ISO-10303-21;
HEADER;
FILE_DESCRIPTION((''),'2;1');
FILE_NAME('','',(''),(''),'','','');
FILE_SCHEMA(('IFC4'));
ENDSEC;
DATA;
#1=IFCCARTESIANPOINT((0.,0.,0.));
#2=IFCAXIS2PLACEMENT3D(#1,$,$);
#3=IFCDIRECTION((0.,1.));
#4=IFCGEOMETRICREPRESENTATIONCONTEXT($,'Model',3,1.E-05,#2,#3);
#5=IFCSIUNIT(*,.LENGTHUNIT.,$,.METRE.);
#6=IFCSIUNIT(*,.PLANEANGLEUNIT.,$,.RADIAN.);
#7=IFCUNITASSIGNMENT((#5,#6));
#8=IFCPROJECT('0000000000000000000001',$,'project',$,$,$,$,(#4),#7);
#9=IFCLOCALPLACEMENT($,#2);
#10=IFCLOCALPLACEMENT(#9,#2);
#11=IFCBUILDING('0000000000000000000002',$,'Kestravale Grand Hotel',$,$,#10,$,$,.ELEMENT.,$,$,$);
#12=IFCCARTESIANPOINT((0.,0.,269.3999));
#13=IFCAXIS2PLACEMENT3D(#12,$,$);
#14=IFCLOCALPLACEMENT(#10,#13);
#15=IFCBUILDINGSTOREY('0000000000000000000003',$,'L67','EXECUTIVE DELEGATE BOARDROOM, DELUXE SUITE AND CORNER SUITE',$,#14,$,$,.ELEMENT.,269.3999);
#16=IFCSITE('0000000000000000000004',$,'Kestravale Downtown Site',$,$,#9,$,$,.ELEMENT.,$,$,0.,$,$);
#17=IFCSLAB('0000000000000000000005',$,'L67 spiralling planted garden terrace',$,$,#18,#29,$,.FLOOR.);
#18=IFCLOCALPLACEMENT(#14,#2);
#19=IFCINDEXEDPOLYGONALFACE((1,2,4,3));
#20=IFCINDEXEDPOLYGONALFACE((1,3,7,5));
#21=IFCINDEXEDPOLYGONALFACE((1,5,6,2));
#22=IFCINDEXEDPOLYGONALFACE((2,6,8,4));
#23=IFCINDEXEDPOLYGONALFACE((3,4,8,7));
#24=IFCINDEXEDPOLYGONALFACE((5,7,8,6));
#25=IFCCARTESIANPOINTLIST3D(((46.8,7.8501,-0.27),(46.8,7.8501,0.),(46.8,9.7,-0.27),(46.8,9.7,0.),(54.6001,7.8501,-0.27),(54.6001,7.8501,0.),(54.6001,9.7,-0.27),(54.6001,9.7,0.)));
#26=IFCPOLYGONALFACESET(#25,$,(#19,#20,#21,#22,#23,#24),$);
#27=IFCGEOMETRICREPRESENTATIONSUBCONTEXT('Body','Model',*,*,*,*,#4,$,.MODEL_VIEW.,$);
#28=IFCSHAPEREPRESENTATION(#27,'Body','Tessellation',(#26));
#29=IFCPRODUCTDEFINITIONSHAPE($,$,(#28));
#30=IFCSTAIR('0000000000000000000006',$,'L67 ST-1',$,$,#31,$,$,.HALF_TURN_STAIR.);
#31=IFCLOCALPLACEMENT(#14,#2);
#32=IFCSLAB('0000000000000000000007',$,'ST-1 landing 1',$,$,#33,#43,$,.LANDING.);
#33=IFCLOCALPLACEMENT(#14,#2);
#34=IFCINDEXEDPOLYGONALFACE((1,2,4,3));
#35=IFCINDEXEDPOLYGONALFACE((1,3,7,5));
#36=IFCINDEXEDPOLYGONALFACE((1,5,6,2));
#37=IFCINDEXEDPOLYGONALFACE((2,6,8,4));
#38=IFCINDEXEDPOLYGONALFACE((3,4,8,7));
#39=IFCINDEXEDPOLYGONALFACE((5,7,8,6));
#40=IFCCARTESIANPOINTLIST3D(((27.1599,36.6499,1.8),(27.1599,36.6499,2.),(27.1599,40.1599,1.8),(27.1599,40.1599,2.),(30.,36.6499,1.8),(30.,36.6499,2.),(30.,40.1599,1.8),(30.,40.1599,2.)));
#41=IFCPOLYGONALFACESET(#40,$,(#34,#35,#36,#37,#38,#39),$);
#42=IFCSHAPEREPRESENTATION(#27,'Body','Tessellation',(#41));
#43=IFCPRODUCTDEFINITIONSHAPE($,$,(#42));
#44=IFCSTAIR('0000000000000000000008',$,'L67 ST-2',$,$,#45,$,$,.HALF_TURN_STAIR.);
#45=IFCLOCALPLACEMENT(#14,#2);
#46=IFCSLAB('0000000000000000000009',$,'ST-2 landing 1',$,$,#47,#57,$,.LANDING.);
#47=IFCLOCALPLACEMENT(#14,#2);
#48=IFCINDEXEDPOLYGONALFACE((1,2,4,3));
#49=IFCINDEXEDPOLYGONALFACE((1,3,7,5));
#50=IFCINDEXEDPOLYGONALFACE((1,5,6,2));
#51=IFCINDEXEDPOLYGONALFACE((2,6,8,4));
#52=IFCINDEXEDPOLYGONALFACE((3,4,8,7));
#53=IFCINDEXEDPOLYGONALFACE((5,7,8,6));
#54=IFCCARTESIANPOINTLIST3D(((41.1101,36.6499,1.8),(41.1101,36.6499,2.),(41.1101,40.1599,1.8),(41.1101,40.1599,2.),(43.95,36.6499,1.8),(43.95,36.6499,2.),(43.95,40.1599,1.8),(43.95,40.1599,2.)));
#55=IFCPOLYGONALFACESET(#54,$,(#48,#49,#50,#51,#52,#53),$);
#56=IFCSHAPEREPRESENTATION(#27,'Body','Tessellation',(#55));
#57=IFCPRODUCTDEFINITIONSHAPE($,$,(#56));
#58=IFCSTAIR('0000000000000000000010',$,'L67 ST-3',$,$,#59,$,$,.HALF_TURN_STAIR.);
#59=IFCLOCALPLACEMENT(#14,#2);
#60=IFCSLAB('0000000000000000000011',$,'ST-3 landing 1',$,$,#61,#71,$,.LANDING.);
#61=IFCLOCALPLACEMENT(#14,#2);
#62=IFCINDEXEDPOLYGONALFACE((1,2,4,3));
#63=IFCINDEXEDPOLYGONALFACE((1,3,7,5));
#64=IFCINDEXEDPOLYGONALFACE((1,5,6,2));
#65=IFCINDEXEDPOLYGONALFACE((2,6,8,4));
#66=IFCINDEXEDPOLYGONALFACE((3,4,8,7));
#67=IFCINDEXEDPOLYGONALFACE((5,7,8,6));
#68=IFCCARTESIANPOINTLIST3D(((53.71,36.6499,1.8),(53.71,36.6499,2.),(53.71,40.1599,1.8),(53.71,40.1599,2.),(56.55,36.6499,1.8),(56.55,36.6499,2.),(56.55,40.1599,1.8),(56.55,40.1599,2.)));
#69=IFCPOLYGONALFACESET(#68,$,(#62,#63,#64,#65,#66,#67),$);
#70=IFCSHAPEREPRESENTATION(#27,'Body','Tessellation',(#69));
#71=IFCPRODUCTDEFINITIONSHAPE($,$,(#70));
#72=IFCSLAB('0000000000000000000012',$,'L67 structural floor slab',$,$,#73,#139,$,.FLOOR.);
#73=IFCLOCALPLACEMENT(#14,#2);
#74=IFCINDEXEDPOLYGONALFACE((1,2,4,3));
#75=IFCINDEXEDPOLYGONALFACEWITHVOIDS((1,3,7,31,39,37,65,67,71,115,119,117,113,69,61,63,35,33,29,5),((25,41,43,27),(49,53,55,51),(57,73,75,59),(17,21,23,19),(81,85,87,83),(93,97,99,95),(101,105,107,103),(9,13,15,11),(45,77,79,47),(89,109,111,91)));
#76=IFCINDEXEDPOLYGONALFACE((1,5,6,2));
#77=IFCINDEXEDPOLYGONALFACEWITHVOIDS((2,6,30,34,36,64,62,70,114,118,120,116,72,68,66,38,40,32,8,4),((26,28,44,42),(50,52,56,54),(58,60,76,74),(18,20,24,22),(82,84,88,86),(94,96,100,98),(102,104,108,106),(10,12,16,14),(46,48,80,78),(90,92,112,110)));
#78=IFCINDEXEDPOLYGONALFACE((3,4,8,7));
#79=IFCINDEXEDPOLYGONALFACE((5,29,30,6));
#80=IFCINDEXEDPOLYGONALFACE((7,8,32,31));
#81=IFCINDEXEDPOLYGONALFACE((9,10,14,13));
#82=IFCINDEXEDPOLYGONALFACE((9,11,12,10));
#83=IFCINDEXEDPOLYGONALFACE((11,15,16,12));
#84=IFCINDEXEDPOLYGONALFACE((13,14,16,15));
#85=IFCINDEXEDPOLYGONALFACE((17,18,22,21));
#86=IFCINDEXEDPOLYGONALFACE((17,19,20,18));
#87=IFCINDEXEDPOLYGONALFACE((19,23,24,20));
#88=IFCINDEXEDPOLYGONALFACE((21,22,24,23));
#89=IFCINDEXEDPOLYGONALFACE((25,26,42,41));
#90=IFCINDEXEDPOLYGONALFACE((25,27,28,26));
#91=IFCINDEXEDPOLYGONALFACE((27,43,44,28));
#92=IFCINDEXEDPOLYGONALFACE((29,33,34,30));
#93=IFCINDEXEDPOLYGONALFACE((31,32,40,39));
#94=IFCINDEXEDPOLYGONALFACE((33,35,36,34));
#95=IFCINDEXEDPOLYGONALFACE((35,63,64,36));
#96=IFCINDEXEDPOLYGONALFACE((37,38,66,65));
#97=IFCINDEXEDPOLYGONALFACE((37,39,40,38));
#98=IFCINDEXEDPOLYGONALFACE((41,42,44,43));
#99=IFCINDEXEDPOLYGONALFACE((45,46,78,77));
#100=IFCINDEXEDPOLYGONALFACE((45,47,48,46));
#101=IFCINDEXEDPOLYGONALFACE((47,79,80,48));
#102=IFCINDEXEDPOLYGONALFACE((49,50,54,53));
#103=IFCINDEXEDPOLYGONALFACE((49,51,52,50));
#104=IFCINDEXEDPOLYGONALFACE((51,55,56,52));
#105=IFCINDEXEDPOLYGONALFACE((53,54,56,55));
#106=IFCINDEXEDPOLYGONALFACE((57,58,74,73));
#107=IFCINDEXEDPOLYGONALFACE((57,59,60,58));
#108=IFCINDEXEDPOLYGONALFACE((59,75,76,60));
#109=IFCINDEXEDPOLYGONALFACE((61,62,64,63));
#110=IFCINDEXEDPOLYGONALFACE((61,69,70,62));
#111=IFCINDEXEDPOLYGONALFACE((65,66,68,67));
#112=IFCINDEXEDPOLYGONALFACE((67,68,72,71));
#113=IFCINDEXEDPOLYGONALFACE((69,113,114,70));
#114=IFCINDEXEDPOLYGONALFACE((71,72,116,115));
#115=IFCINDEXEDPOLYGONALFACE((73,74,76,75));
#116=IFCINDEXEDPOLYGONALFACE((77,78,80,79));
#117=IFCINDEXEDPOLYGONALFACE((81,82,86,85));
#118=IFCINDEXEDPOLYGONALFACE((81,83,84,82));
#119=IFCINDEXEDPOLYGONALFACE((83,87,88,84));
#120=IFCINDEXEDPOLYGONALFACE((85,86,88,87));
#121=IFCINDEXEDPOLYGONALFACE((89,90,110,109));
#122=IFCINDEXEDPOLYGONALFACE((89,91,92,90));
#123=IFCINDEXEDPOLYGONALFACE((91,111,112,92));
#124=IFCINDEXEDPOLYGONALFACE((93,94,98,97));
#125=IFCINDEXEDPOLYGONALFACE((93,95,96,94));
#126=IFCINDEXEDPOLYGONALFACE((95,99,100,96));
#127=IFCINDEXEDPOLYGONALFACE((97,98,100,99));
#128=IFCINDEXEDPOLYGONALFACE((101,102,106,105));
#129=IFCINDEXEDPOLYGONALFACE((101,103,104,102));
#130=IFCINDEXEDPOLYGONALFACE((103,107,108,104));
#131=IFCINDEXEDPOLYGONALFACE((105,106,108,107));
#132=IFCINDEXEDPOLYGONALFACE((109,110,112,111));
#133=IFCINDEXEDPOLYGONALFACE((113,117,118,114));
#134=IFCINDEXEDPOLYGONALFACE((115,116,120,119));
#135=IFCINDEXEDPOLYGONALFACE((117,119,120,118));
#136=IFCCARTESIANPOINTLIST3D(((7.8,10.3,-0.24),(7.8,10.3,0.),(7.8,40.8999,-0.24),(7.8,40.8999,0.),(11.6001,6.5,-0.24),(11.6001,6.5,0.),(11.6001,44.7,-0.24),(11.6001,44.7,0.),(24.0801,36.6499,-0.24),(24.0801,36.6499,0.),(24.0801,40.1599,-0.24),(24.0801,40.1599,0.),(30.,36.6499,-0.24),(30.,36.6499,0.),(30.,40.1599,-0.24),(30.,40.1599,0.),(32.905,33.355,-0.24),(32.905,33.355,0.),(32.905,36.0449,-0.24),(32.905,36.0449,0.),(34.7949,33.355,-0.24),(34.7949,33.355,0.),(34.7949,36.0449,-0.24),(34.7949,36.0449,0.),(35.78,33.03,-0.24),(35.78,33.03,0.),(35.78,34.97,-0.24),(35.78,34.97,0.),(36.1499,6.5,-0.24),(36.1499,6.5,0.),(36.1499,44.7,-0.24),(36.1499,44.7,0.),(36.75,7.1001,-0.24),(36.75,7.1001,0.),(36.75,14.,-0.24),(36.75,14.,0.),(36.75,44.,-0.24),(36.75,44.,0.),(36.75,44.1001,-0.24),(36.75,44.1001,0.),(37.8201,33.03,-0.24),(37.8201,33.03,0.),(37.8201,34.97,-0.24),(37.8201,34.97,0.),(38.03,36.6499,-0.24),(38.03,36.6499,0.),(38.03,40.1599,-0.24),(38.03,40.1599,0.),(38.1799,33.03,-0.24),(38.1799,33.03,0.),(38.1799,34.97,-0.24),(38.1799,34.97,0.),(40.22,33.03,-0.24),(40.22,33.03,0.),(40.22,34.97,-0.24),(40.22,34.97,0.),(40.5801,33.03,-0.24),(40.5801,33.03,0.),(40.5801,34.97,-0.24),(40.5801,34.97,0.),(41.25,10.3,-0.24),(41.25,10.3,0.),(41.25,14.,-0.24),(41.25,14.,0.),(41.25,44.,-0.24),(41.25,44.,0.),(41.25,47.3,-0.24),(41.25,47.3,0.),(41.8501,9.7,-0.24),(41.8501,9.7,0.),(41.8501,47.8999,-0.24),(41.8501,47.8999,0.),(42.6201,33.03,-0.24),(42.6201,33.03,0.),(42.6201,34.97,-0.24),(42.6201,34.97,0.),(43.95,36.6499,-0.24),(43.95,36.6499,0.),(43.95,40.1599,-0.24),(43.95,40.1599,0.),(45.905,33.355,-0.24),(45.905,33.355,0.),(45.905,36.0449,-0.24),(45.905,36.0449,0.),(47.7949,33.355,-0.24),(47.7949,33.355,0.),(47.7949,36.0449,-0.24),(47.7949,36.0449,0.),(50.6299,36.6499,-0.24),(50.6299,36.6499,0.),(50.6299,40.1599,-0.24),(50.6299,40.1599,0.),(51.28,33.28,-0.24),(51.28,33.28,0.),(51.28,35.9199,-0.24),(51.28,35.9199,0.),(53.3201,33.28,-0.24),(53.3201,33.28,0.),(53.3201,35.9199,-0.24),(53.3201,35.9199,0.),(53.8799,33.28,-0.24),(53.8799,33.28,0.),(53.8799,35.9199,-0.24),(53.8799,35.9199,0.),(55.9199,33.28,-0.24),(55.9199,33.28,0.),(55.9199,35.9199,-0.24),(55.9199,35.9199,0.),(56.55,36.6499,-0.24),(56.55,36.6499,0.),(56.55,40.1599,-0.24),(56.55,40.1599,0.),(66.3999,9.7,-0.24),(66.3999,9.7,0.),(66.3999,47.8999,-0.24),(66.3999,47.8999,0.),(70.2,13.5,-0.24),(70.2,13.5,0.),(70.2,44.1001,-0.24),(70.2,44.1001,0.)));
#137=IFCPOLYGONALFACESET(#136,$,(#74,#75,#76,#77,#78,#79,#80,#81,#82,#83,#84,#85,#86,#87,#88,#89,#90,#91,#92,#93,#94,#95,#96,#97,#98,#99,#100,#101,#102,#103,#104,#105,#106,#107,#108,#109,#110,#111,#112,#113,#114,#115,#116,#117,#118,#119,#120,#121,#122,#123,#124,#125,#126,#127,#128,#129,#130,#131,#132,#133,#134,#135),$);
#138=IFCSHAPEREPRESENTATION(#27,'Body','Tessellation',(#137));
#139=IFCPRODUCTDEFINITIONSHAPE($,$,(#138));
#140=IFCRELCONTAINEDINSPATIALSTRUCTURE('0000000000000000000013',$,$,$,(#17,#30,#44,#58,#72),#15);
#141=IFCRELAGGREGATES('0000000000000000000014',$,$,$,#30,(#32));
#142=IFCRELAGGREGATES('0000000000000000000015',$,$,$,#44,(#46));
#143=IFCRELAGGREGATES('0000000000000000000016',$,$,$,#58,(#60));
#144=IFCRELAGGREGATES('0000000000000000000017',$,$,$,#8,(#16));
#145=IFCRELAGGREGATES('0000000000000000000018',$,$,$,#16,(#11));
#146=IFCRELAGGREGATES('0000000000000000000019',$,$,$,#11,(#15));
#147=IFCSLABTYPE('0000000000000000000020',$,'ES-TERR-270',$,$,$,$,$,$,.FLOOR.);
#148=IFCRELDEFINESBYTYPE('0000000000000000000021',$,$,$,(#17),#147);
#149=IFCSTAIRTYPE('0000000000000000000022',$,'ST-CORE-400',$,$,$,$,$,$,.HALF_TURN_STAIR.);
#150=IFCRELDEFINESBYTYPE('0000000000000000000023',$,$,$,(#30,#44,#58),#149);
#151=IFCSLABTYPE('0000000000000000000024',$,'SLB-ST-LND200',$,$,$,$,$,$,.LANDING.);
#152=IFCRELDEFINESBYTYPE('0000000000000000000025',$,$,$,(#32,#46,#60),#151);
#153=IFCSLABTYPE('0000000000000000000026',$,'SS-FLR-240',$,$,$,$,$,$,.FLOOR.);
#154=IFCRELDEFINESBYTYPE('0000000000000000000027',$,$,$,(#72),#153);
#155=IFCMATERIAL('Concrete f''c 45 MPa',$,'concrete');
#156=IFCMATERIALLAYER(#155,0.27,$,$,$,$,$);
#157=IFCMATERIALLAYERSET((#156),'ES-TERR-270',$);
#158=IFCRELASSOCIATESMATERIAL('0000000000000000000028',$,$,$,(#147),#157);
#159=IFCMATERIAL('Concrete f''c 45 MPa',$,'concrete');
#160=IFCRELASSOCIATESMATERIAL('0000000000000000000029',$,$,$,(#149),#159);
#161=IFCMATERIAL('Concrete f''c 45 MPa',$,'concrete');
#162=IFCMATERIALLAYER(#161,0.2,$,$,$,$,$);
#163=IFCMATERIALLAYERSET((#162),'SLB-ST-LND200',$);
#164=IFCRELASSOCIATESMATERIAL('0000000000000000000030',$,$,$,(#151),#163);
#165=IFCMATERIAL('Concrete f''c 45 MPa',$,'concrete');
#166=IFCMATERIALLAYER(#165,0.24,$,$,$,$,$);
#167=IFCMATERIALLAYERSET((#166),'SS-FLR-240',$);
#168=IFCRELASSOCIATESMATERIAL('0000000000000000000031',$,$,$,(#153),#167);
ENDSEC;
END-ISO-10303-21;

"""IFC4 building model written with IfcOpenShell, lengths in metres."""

from ifc_helpers import new_model, si_unit, direction, frame, origin, place, context, subcontext, project, spatial, polyline, outline, extrude, material, layer, layer_set, type_object, element, aggregate, save


model = new_model("IFC4")

# Units and contexts
model_context = context("Model", 3, precision=1e-05, world=origin(), true_north=direction((0.0, 1.0)))
body_context = subcontext(model_context, "Body", "Model", "MODEL_VIEW")
ifc_project = project(units=[si_unit("LENGTHUNIT", "METRE"), si_unit("PLANEANGLEUNIT", "RADIAN")], contexts=[model_context])

# Site, building, storey
site_placement = place(None, origin())
site = spatial("IfcSite", under=ifc_project, at=site_placement, Name="Kestravale Downtown Site", CompositionType="ELEMENT", RefElevation=0.0)
building_placement = place(site_placement, origin())
building = spatial("IfcBuilding", under=site, at=building_placement, Name="Kestravale Grand Hotel", CompositionType="ELEMENT")
storey_placement = place(building_placement, frame((0.0, 0.0, 269.3999)))
storey = spatial("IfcBuildingStorey", under=building, at=storey_placement, Name="L67", Description="EXECUTIVE DELEGATE BOARDROOM, DELUXE SUITE AND CORNER SUITE", CompositionType="ELEMENT", Elevation=269.3999)

# Slab
ifc_material_1 = material(Name="Concrete f'c 45 MPa", Category="concrete")
ifc_layer_1 = layer(ifc_material_1, 0.27)
ifc_layer_set_1 = layer_set([ifc_layer_1], Name="ES-TERR-270")
slab_type_1 = type_object("IfcSlabType", Name="ES-TERR-270", PredefinedType="FLOOR", material=ifc_layer_set_1)
slab_1_placement = place(storey_placement, frame((0.0, 0.0, -0.27)))
element("IfcSlab", 1, at=slab_1_placement, inside=storey, type_object=slab_type_1, Name="L67 spiralling planted garden terrace", PredefinedType="FLOOR", context=body_context, shape_type="SweptSolid", body=[
    extrude(outline(polyline([(46.8, 7.8501), (54.6001, 7.8501), (54.6001, 9.7), (46.8, 9.7), (46.8, 7.8501)])), origin(), (0.0, 0.0, 1.0), 0.27),
])

# Stairs, slabs
ifc_material_2 = material(Name="Concrete f'c 45 MPa", Category="concrete")
stair_type = type_object("IfcStairType", Name="ST-CORE-400", PredefinedType="HALF_TURN_STAIR", material=ifc_material_2)
stair_1_placement = place(storey_placement, origin())
stair_1 = element("IfcStair", 2, at=stair_1_placement, inside=storey, type_object=stair_type, Name="L67 ST-1", PredefinedType="HALF_TURN_STAIR")
ifc_material_3 = material(Name="Concrete f'c 45 MPa", Category="concrete")
ifc_layer_2 = layer(ifc_material_3, 0.2)
ifc_layer_set_2 = layer_set([ifc_layer_2], Name="SLB-ST-LND200")
slab_type_2 = type_object("IfcSlabType", Name="SLB-ST-LND200", PredefinedType="LANDING", material=ifc_layer_set_2)
slab_2_placement = place(storey_placement, frame((0.0, 0.0, 1.8)))
slab_2 = element("IfcSlab", 3, at=slab_2_placement, type_object=slab_type_2, Name="ST-1 landing 1", PredefinedType="LANDING", context=body_context, shape_type="SweptSolid", body=[
    extrude(outline(polyline([(27.1599, 36.6499), (30.0, 36.6499), (30.0, 40.1599), (27.1599, 40.1599), (27.1599, 36.6499)])), origin(), (0.0, 0.0, 1.0), 0.2),
])
aggregate(stair_1, [slab_2])
stair_2_placement = place(storey_placement, origin())
stair_2 = element("IfcStair", 4, at=stair_2_placement, inside=storey, type_object=stair_type, Name="L67 ST-2", PredefinedType="HALF_TURN_STAIR")
slab_3_placement = place(storey_placement, frame((0.0, 0.0, 1.8)))
slab_3 = element("IfcSlab", 5, at=slab_3_placement, type_object=slab_type_2, Name="ST-2 landing 1", PredefinedType="LANDING", context=body_context, shape_type="SweptSolid", body=[
    extrude(outline(polyline([(41.1101, 36.6499), (43.95, 36.6499), (43.95, 40.1599), (41.1101, 40.1599), (41.1101, 36.6499)])), origin(), (0.0, 0.0, 1.0), 0.2),
])
aggregate(stair_2, [slab_3])
stair_3_placement = place(storey_placement, origin())
stair_3 = element("IfcStair", 6, at=stair_3_placement, inside=storey, type_object=stair_type, Name="L67 ST-3", PredefinedType="HALF_TURN_STAIR")
slab_4_placement = place(storey_placement, frame((0.0, 0.0, 1.8)))
slab_4 = element("IfcSlab", 7, at=slab_4_placement, type_object=slab_type_2, Name="ST-3 landing 1", PredefinedType="LANDING", context=body_context, shape_type="SweptSolid", body=[
    extrude(outline(polyline([(53.71, 36.6499), (56.55, 36.6499), (56.55, 40.1599), (53.71, 40.1599), (53.71, 36.6499)])), origin(), (0.0, 0.0, 1.0), 0.2),
])
aggregate(stair_3, [slab_4])

# Slab
ifc_material_4 = material(Name="Concrete f'c 45 MPa", Category="concrete")
ifc_layer_3 = layer(ifc_material_4, 0.24)
ifc_layer_set_3 = layer_set([ifc_layer_3], Name="SS-FLR-240")
slab_type_3 = type_object("IfcSlabType", Name="SS-FLR-240", PredefinedType="FLOOR", material=ifc_layer_set_3)
slab_5_placement = place(storey_placement, frame((0.0, 0.0, -0.24)))
element("IfcSlab", 8, at=slab_5_placement, inside=storey, type_object=slab_type_3, Name="L67 structural floor slab", PredefinedType="FLOOR", context=body_context, shape_type="SweptSolid", body=[
    extrude(outline(polyline([(11.6001, 6.5), (36.1499, 6.5), (36.75, 7.1001), (36.75, 14.0), (41.25, 14.0), (41.25, 10.3), (41.8501, 9.7), (66.3999, 9.7), (70.2, 13.5), (70.2, 44.1001), (66.3999, 47.8999), (41.8501, 47.8999), (41.25, 47.3), (41.25, 44.0), (36.75, 44.0), (36.75, 44.1001), (36.1499, 44.7), (11.6001, 44.7), (7.8, 40.8999), (7.8, 10.3), (11.6001, 6.5)]), holes=[polyline([(24.0801, 36.6499), (30.0, 36.6499), (30.0, 40.1599), (24.0801, 40.1599), (24.0801, 36.6499)]), polyline([(38.03, 36.6499), (43.95, 36.6499), (43.95, 40.1599), (38.03, 40.1599), (38.03, 36.6499)]), polyline([(50.6299, 36.6499), (56.55, 36.6499), (56.55, 40.1599), (50.6299, 40.1599), (50.6299, 36.6499)]), polyline([(35.78, 33.03), (37.8201, 33.03), (37.8201, 34.97), (35.78, 34.97), (35.78, 33.03)]), polyline([(38.1799, 33.03), (40.22, 33.03), (40.22, 34.97), (38.1799, 34.97), (38.1799, 33.03)]), polyline([(40.5801, 33.03), (42.6201, 33.03), (42.6201, 34.97), (40.5801, 34.97), (40.5801, 33.03)]), polyline([(32.905, 33.355), (34.7949, 33.355), (34.7949, 36.0449), (32.905, 36.0449), (32.905, 33.355)]), polyline([(45.905, 33.355), (47.7949, 33.355), (47.7949, 36.0449), (45.905, 36.0449), (45.905, 33.355)]), polyline([(51.28, 33.28), (53.3201, 33.28), (53.3201, 35.9199), (51.28, 35.9199), (51.28, 33.28)]), polyline([(53.8799, 33.28), (55.9199, 33.28), (55.9199, 35.9199), (53.8799, 35.9199), (53.8799, 33.28)])]), origin(), (0.0, 0.0, 1.0), 0.24),
])

save(model, "model.ifc")
